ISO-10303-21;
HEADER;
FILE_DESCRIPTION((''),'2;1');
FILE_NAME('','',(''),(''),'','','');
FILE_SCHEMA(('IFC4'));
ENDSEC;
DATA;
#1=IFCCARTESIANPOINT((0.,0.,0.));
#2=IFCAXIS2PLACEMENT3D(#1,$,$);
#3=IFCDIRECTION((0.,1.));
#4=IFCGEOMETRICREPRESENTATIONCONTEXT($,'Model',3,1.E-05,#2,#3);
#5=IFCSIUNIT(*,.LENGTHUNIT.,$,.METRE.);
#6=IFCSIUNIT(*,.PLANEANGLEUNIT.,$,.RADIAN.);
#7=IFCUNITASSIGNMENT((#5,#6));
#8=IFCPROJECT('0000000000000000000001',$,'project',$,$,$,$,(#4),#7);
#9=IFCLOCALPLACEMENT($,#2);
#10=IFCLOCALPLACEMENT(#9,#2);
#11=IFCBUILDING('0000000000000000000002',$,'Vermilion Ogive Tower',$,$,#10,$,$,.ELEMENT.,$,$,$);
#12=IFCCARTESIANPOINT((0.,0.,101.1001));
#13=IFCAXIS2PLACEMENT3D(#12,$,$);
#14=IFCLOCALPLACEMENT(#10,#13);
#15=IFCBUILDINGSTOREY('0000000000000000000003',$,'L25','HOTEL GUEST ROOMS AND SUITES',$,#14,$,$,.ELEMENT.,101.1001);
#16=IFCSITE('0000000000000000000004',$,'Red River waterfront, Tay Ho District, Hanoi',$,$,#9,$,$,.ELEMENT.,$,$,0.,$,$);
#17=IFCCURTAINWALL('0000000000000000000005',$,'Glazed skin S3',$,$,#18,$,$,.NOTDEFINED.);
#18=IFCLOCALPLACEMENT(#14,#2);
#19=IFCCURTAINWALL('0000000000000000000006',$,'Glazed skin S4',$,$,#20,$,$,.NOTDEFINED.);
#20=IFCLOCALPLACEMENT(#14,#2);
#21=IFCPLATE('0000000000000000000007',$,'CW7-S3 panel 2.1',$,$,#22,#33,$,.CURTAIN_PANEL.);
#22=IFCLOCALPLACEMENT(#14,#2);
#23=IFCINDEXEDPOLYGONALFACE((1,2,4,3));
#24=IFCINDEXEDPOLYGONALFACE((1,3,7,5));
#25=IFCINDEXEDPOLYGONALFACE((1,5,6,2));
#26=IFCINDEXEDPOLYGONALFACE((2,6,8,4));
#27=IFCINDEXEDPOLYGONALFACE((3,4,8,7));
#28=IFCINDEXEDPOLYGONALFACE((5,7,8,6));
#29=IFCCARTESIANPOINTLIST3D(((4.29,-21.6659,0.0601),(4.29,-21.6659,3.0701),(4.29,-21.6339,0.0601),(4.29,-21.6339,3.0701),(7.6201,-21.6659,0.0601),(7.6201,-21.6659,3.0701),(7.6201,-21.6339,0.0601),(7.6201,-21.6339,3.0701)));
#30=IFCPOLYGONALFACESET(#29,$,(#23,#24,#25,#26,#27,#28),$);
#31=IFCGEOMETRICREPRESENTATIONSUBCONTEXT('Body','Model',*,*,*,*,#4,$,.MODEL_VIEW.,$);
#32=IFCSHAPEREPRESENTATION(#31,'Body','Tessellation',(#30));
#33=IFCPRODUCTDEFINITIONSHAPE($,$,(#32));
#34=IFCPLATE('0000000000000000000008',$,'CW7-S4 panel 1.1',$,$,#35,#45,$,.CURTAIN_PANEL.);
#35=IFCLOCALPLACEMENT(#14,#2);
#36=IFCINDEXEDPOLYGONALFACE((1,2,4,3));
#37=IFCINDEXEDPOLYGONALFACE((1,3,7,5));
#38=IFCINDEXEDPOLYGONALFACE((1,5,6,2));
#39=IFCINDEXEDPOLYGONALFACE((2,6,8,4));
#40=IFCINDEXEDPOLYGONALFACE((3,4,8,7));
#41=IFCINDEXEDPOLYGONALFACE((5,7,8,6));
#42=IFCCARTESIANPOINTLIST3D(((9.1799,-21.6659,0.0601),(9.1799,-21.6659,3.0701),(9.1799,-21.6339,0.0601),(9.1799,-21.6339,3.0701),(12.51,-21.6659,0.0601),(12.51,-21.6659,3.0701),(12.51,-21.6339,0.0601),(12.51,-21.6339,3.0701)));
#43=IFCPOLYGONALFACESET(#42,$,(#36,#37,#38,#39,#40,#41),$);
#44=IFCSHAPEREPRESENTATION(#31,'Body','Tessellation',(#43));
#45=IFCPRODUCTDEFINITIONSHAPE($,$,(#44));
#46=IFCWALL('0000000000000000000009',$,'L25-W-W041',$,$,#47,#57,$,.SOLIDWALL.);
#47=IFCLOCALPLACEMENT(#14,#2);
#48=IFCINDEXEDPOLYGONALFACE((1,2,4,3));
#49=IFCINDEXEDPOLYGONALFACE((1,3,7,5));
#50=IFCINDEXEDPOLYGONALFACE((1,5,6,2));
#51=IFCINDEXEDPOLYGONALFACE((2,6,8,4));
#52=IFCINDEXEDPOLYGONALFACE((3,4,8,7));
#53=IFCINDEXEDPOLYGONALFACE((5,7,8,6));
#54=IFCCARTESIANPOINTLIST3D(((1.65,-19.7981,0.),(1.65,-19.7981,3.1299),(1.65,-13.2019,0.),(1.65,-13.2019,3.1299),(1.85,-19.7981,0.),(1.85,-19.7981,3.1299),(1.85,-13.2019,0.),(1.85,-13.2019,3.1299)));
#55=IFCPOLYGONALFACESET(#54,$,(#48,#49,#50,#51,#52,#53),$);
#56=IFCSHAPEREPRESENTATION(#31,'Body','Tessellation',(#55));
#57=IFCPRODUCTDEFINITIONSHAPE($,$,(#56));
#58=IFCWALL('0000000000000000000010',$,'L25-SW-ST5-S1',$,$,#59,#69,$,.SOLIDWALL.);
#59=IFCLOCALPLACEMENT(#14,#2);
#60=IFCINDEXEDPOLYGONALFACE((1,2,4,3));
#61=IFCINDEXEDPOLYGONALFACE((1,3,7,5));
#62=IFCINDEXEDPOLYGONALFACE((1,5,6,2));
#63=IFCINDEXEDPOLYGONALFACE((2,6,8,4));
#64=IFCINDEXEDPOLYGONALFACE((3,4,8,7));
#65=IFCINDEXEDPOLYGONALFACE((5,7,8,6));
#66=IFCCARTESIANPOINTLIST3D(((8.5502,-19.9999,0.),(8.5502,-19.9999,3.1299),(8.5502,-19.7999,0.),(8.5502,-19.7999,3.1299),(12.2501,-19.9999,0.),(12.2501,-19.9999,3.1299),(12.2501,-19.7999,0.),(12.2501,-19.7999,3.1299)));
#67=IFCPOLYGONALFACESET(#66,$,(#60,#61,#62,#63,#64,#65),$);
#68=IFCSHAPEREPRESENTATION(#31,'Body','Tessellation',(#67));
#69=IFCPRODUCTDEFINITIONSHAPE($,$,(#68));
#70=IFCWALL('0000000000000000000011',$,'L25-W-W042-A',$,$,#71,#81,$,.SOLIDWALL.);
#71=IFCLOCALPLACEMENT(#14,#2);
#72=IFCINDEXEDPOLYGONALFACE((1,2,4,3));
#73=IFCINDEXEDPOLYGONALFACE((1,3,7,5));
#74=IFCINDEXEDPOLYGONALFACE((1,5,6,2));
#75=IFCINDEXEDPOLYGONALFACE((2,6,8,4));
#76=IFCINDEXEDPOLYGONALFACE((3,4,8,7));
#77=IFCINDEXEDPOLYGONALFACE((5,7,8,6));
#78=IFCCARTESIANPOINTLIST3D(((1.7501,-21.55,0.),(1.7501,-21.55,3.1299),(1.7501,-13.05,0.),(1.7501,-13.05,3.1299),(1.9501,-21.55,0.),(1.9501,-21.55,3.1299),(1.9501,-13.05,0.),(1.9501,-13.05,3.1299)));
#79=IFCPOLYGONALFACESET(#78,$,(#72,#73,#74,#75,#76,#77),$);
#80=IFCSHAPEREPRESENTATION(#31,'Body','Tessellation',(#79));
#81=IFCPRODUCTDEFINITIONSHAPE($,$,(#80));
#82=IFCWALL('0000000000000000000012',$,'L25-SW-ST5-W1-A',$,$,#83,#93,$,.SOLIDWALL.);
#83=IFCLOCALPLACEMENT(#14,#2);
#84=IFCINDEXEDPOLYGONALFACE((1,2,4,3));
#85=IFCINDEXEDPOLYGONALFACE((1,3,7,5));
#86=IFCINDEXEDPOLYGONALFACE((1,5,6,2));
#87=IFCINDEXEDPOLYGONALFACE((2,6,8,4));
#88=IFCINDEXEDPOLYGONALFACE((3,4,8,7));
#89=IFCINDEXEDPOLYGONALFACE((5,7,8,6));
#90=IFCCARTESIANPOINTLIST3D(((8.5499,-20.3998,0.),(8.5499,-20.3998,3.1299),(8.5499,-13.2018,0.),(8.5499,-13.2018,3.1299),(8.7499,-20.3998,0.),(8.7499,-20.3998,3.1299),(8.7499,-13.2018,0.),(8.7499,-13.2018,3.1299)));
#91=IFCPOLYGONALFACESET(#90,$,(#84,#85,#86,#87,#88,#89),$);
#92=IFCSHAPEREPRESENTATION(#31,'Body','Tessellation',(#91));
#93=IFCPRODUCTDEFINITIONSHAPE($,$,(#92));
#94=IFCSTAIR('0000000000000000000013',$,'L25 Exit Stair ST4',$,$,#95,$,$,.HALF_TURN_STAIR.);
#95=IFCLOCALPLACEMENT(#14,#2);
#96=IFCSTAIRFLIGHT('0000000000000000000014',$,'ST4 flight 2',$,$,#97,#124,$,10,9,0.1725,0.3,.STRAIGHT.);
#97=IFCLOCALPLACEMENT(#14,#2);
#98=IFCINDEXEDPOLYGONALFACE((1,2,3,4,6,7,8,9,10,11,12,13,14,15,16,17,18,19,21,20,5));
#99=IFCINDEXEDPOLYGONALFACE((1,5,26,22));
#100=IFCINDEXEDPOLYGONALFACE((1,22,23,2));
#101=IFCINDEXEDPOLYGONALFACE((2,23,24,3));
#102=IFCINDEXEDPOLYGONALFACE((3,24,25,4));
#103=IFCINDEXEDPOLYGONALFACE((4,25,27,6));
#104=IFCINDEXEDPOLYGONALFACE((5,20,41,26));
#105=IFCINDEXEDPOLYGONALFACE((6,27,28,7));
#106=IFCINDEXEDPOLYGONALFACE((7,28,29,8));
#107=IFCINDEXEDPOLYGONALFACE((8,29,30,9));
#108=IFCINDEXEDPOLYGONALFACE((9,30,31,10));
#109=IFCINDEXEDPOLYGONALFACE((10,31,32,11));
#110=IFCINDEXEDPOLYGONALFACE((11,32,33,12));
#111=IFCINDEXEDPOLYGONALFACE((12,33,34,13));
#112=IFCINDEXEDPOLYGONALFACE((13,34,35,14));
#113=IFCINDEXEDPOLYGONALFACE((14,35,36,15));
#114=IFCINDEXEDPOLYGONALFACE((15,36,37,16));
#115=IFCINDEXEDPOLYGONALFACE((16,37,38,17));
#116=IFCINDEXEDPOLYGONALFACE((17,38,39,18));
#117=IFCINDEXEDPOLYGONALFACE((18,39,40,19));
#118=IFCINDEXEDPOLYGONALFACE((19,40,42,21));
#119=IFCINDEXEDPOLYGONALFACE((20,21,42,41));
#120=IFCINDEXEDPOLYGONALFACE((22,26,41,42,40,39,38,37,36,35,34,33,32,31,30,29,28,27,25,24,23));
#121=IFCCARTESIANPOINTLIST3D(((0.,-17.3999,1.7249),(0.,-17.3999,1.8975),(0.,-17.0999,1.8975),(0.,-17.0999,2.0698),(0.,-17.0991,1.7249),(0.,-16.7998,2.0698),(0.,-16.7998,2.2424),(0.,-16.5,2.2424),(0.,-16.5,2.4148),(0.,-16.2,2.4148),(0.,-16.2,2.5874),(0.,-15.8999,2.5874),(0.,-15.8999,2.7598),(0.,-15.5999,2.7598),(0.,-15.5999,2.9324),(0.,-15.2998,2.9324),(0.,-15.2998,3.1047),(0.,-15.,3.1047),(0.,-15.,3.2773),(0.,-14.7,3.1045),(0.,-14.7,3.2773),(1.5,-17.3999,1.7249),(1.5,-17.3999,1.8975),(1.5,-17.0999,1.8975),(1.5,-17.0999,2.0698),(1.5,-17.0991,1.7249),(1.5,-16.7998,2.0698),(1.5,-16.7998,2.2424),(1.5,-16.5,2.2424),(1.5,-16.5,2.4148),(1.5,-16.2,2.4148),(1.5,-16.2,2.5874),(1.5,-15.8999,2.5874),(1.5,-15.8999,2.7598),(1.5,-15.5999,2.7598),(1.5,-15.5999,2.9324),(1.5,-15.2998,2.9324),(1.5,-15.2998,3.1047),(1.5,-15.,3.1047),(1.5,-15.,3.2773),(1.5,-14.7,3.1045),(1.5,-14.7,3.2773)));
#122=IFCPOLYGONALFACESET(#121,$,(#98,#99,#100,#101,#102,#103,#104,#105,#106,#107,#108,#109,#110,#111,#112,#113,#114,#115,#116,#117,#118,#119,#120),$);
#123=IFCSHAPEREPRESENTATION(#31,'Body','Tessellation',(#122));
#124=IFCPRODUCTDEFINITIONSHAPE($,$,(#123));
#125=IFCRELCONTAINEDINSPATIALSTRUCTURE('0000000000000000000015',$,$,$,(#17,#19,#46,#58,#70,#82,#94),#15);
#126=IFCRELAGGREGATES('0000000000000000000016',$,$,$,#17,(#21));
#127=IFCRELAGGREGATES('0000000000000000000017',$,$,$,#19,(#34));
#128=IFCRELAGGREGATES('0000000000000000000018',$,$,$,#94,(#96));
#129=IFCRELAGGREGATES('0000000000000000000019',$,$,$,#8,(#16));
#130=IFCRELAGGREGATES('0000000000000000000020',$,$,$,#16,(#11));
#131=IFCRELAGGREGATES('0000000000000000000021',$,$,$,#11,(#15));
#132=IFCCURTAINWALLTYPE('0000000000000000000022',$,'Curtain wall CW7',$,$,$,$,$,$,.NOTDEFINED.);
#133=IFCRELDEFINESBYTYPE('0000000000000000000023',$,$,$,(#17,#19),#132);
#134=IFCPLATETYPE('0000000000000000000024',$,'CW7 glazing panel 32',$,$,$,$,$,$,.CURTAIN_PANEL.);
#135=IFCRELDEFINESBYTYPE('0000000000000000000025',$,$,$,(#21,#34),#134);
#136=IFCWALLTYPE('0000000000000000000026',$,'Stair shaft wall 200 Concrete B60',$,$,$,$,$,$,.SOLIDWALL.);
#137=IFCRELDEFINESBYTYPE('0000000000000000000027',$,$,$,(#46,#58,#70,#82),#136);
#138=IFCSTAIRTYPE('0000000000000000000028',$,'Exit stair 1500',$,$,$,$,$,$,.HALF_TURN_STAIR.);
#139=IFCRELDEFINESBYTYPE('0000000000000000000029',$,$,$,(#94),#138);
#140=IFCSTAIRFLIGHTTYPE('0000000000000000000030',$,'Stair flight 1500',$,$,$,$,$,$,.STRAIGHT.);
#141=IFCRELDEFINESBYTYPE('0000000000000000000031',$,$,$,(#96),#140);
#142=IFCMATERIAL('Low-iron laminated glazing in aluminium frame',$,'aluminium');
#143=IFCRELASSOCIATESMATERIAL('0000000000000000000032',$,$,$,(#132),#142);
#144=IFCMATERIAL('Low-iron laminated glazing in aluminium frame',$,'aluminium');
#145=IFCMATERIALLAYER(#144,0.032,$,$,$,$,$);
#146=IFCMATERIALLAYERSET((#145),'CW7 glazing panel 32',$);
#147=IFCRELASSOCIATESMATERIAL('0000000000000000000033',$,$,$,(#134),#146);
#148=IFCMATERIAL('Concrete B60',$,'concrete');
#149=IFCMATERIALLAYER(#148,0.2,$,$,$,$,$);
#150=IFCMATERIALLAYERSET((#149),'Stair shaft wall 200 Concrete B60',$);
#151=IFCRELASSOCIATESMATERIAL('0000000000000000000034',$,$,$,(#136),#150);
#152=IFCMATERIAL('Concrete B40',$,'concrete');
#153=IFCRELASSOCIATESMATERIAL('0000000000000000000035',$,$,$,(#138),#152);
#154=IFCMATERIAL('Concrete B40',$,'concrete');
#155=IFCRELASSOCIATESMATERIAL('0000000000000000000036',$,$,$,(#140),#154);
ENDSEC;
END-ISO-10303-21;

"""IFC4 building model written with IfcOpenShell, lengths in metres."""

from ifc_helpers import new_model, si_unit, direction, frame, frame_2d, origin, origin_2d, place, context, subcontext, project, spatial, polyline, rectangle, outline, extrude, material, layer, layer_set, type_object, element, aggregate, save


model = new_model("IFC4")

# Units and contexts
model_context = context("Model", 3, precision=1e-05, world=origin(), true_north=direction((0.0, 1.0)))
body_context = subcontext(model_context, "Body", "Model", "MODEL_VIEW")
ifc_project = project(units=[si_unit("LENGTHUNIT", "METRE"), si_unit("PLANEANGLEUNIT", "RADIAN")], contexts=[model_context])

# Site, building, storey
site_placement = place(None, origin())
site = spatial("IfcSite", under=ifc_project, at=site_placement, Name="Red River waterfront, Tay Ho District, Hanoi", CompositionType="ELEMENT", RefElevation=0.0)
building_placement = place(site_placement, origin())
building = spatial("IfcBuilding", under=site, at=building_placement, Name="Vermilion Ogive Tower", CompositionType="ELEMENT")
storey_placement = place(building_placement, frame((0.0, 0.0, 101.1001)))
storey = spatial("IfcBuildingStorey", under=building, at=storey_placement, Name="L25", Description="HOTEL GUEST ROOMS AND SUITES", CompositionType="ELEMENT", Elevation=101.1001)

# Curtain wall
ifc_material_1 = material(Name="Low-iron laminated glazing in aluminium frame", Category="aluminium")
curtain_wall_type = type_object("IfcCurtainWallType", Name="Curtain wall CW7", PredefinedType="NOTDEFINED", material=ifc_material_1)
curtain_wall_1_placement = place(storey_placement, origin())
curtain_wall_1 = element("IfcCurtainWall", 1, at=curtain_wall_1_placement, inside=storey, type_object=curtain_wall_type, Name="Glazed skin S3", PredefinedType="NOTDEFINED")

# Curtain wall
curtain_wall_2_placement = place(storey_placement, origin())
curtain_wall_2 = element("IfcCurtainWall", 2, at=curtain_wall_2_placement, inside=storey, type_object=curtain_wall_type, Name="Glazed skin S4", PredefinedType="NOTDEFINED")

# Plates
ifc_material_2 = material(Name="Low-iron laminated glazing in aluminium frame", Category="aluminium")
ifc_layer_1 = layer(ifc_material_2, 0.032)
ifc_layer_set_1 = layer_set([ifc_layer_1], Name="CW7 glazing panel 32")
plate_type = type_object("IfcPlateType", Name="CW7 glazing panel 32", PredefinedType="CURTAIN_PANEL", material=ifc_layer_set_1)
plate_1_placement = place(storey_placement, frame((5.9551, -21.6499, 0.0601), z_axis=(0.0, 0.0, 1.0), x_axis=(1.0, 0.0, 0.0)))
plate_1 = element("IfcPlate", 3, at=plate_1_placement, type_object=plate_type, Name="CW7-S3 panel 2.1", PredefinedType="CURTAIN_PANEL", context=body_context, shape_type="SweptSolid", body=[
    extrude(rectangle(XDim=3.3301, YDim=0.032, at=origin_2d()), origin(), (0.0, 0.0, 1.0), 3.01),
])
aggregate(curtain_wall_1, [plate_1])
plate_2_placement = place(storey_placement, frame((10.845, -21.6499, 0.0601), z_axis=(0.0, 0.0, 1.0), x_axis=(1.0, 0.0, 0.0)))
plate_2 = element("IfcPlate", 4, at=plate_2_placement, type_object=plate_type, Name="CW7-S4 panel 1.1", PredefinedType="CURTAIN_PANEL", context=body_context, shape_type="SweptSolid", body=[
    extrude(rectangle(XDim=3.3301, YDim=0.032, at=origin_2d()), origin(), (0.0, 0.0, 1.0), 3.01),
])
aggregate(curtain_wall_2, [plate_2])

# Walls
ifc_material_3 = material(Name="Concrete B60", Category="concrete")
ifc_layer_2 = layer(ifc_material_3, 0.2)
ifc_layer_set_2 = layer_set([ifc_layer_2], Name="Stair shaft wall 200 Concrete B60")
wall_type = type_object("IfcWallType", Name="Stair shaft wall 200 Concrete B60", PredefinedType="SOLIDWALL", material=ifc_layer_set_2)
wall_1_placement = place(storey_placement, frame((1.75, -19.7981, 0.0), z_axis=(0.0, 0.0, 1.0), x_axis=(0.0, 1.0, 0.0)))
element("IfcWall", 5, at=wall_1_placement, inside=storey, type_object=wall_type, Name="L25-W-W041", PredefinedType="SOLIDWALL", context=body_context, shape_type="SweptSolid", body=[
    extrude(rectangle(XDim=6.5962, YDim=0.2, at=frame_2d((3.2981, 0.0))), origin(), (0.0, 0.0, 1.0), 3.1299),
])
wall_2_placement = place(storey_placement, frame((8.55, -19.8999, 0.0), z_axis=(0.0, 0.0, 1.0), x_axis=(1.0, 0.0, 0.0)))
element("IfcWall", 6, at=wall_2_placement, inside=storey, type_object=wall_type, Name="L25-SW-ST5-S1", PredefinedType="SOLIDWALL", context=body_context, shape_type="SweptSolid", body=[
    extrude(rectangle(XDim=3.7, YDim=0.2, at=frame_2d((1.8501, 0.0))), origin(), (0.0, 0.0, 1.0), 3.1299),
])
wall_3_placement = place(storey_placement, frame((1.8501, -21.55, 0.0), z_axis=(0.0, 0.0, 1.0), x_axis=(0.0, 1.0, 0.0)))
element("IfcWall", 7, at=wall_3_placement, inside=storey, type_object=wall_type, Name="L25-W-W042-A", PredefinedType="SOLIDWALL", context=body_context, shape_type="SweptSolid", body=[
    extrude(rectangle(XDim=8.5, YDim=0.2, at=frame_2d((4.25, 0.0))), origin(), (0.0, 0.0, 1.0), 3.1299),
])
wall_4_placement = place(storey_placement, frame((8.6499, -20.3999, 0.0), z_axis=(0.0, 0.0, 1.0), x_axis=(0.0, 1.0, 0.0)))
element("IfcWall", 8, at=wall_4_placement, inside=storey, type_object=wall_type, Name="L25-SW-ST5-W1-A", PredefinedType="SOLIDWALL", context=body_context, shape_type="SweptSolid", body=[
    extrude(rectangle(XDim=7.198, YDim=0.2, at=frame_2d((3.5991, 0.0))), origin(), (0.0, 0.0, 1.0), 3.1299),
])

# Stair, stair flight
ifc_material_4 = material(Name="Concrete B40", Category="concrete")
stair_type = type_object("IfcStairType", Name="Exit stair 1500", PredefinedType="HALF_TURN_STAIR", material=ifc_material_4)
stair_placement = place(storey_placement, origin())
stair = element("IfcStair", 9, at=stair_placement, inside=storey, type_object=stair_type, Name="L25 Exit Stair ST4", PredefinedType="HALF_TURN_STAIR")
ifc_material_5 = material(Name="Concrete B40", Category="concrete")
stair_flight_type = type_object("IfcStairFlightType", Name="Stair flight 1500", PredefinedType="STRAIGHT", material=ifc_material_5)
stair_flight_placement = place(storey_placement, frame((0.75, -17.3999, 1.7249), z_axis=(0.0, 0.0, 1.0), x_axis=(0.0, 1.0, 0.0)))
stair_flight = element("IfcStairFlight", 10, at=stair_flight_placement, type_object=stair_flight_type, Name="ST4 flight 2", NumberOfRisers=10, NumberOfTreads=9, PredefinedType="STRAIGHT", RiserHeight=0.1725, TreadLength=0.3, context=body_context, shape_type="SweptSolid", body=[
    extrude(outline(polyline([(0.0, 0.0), (0.0, 0.1726), (0.3, 0.1726), (0.3, 0.345), (0.6001, 0.345), (0.6001, 0.5176), (0.8999, 0.5176), (0.8999, 0.6899), (1.2, 0.6899), (1.2, 0.8625), (1.5, 0.8625), (1.5, 1.0349), (1.8, 1.0349), (1.8, 1.2075), (2.1001, 1.2075), (2.1001, 1.3799), (2.3999, 1.3799), (2.3999, 1.5525), (2.7, 1.5525), (2.7, 1.7251), (2.7, 1.3796), (0.3008, 0.0), (0.0, 0.0)])), frame((0.0, 0.75, 0.0), z_axis=(0.0, -1.0, 0.0), x_axis=(1.0, 0.0, 0.0)), (0.0, 0.0, 1.0), 1.5),
])
aggregate(stair, [stair_flight])

save(model, "model.ifc")
